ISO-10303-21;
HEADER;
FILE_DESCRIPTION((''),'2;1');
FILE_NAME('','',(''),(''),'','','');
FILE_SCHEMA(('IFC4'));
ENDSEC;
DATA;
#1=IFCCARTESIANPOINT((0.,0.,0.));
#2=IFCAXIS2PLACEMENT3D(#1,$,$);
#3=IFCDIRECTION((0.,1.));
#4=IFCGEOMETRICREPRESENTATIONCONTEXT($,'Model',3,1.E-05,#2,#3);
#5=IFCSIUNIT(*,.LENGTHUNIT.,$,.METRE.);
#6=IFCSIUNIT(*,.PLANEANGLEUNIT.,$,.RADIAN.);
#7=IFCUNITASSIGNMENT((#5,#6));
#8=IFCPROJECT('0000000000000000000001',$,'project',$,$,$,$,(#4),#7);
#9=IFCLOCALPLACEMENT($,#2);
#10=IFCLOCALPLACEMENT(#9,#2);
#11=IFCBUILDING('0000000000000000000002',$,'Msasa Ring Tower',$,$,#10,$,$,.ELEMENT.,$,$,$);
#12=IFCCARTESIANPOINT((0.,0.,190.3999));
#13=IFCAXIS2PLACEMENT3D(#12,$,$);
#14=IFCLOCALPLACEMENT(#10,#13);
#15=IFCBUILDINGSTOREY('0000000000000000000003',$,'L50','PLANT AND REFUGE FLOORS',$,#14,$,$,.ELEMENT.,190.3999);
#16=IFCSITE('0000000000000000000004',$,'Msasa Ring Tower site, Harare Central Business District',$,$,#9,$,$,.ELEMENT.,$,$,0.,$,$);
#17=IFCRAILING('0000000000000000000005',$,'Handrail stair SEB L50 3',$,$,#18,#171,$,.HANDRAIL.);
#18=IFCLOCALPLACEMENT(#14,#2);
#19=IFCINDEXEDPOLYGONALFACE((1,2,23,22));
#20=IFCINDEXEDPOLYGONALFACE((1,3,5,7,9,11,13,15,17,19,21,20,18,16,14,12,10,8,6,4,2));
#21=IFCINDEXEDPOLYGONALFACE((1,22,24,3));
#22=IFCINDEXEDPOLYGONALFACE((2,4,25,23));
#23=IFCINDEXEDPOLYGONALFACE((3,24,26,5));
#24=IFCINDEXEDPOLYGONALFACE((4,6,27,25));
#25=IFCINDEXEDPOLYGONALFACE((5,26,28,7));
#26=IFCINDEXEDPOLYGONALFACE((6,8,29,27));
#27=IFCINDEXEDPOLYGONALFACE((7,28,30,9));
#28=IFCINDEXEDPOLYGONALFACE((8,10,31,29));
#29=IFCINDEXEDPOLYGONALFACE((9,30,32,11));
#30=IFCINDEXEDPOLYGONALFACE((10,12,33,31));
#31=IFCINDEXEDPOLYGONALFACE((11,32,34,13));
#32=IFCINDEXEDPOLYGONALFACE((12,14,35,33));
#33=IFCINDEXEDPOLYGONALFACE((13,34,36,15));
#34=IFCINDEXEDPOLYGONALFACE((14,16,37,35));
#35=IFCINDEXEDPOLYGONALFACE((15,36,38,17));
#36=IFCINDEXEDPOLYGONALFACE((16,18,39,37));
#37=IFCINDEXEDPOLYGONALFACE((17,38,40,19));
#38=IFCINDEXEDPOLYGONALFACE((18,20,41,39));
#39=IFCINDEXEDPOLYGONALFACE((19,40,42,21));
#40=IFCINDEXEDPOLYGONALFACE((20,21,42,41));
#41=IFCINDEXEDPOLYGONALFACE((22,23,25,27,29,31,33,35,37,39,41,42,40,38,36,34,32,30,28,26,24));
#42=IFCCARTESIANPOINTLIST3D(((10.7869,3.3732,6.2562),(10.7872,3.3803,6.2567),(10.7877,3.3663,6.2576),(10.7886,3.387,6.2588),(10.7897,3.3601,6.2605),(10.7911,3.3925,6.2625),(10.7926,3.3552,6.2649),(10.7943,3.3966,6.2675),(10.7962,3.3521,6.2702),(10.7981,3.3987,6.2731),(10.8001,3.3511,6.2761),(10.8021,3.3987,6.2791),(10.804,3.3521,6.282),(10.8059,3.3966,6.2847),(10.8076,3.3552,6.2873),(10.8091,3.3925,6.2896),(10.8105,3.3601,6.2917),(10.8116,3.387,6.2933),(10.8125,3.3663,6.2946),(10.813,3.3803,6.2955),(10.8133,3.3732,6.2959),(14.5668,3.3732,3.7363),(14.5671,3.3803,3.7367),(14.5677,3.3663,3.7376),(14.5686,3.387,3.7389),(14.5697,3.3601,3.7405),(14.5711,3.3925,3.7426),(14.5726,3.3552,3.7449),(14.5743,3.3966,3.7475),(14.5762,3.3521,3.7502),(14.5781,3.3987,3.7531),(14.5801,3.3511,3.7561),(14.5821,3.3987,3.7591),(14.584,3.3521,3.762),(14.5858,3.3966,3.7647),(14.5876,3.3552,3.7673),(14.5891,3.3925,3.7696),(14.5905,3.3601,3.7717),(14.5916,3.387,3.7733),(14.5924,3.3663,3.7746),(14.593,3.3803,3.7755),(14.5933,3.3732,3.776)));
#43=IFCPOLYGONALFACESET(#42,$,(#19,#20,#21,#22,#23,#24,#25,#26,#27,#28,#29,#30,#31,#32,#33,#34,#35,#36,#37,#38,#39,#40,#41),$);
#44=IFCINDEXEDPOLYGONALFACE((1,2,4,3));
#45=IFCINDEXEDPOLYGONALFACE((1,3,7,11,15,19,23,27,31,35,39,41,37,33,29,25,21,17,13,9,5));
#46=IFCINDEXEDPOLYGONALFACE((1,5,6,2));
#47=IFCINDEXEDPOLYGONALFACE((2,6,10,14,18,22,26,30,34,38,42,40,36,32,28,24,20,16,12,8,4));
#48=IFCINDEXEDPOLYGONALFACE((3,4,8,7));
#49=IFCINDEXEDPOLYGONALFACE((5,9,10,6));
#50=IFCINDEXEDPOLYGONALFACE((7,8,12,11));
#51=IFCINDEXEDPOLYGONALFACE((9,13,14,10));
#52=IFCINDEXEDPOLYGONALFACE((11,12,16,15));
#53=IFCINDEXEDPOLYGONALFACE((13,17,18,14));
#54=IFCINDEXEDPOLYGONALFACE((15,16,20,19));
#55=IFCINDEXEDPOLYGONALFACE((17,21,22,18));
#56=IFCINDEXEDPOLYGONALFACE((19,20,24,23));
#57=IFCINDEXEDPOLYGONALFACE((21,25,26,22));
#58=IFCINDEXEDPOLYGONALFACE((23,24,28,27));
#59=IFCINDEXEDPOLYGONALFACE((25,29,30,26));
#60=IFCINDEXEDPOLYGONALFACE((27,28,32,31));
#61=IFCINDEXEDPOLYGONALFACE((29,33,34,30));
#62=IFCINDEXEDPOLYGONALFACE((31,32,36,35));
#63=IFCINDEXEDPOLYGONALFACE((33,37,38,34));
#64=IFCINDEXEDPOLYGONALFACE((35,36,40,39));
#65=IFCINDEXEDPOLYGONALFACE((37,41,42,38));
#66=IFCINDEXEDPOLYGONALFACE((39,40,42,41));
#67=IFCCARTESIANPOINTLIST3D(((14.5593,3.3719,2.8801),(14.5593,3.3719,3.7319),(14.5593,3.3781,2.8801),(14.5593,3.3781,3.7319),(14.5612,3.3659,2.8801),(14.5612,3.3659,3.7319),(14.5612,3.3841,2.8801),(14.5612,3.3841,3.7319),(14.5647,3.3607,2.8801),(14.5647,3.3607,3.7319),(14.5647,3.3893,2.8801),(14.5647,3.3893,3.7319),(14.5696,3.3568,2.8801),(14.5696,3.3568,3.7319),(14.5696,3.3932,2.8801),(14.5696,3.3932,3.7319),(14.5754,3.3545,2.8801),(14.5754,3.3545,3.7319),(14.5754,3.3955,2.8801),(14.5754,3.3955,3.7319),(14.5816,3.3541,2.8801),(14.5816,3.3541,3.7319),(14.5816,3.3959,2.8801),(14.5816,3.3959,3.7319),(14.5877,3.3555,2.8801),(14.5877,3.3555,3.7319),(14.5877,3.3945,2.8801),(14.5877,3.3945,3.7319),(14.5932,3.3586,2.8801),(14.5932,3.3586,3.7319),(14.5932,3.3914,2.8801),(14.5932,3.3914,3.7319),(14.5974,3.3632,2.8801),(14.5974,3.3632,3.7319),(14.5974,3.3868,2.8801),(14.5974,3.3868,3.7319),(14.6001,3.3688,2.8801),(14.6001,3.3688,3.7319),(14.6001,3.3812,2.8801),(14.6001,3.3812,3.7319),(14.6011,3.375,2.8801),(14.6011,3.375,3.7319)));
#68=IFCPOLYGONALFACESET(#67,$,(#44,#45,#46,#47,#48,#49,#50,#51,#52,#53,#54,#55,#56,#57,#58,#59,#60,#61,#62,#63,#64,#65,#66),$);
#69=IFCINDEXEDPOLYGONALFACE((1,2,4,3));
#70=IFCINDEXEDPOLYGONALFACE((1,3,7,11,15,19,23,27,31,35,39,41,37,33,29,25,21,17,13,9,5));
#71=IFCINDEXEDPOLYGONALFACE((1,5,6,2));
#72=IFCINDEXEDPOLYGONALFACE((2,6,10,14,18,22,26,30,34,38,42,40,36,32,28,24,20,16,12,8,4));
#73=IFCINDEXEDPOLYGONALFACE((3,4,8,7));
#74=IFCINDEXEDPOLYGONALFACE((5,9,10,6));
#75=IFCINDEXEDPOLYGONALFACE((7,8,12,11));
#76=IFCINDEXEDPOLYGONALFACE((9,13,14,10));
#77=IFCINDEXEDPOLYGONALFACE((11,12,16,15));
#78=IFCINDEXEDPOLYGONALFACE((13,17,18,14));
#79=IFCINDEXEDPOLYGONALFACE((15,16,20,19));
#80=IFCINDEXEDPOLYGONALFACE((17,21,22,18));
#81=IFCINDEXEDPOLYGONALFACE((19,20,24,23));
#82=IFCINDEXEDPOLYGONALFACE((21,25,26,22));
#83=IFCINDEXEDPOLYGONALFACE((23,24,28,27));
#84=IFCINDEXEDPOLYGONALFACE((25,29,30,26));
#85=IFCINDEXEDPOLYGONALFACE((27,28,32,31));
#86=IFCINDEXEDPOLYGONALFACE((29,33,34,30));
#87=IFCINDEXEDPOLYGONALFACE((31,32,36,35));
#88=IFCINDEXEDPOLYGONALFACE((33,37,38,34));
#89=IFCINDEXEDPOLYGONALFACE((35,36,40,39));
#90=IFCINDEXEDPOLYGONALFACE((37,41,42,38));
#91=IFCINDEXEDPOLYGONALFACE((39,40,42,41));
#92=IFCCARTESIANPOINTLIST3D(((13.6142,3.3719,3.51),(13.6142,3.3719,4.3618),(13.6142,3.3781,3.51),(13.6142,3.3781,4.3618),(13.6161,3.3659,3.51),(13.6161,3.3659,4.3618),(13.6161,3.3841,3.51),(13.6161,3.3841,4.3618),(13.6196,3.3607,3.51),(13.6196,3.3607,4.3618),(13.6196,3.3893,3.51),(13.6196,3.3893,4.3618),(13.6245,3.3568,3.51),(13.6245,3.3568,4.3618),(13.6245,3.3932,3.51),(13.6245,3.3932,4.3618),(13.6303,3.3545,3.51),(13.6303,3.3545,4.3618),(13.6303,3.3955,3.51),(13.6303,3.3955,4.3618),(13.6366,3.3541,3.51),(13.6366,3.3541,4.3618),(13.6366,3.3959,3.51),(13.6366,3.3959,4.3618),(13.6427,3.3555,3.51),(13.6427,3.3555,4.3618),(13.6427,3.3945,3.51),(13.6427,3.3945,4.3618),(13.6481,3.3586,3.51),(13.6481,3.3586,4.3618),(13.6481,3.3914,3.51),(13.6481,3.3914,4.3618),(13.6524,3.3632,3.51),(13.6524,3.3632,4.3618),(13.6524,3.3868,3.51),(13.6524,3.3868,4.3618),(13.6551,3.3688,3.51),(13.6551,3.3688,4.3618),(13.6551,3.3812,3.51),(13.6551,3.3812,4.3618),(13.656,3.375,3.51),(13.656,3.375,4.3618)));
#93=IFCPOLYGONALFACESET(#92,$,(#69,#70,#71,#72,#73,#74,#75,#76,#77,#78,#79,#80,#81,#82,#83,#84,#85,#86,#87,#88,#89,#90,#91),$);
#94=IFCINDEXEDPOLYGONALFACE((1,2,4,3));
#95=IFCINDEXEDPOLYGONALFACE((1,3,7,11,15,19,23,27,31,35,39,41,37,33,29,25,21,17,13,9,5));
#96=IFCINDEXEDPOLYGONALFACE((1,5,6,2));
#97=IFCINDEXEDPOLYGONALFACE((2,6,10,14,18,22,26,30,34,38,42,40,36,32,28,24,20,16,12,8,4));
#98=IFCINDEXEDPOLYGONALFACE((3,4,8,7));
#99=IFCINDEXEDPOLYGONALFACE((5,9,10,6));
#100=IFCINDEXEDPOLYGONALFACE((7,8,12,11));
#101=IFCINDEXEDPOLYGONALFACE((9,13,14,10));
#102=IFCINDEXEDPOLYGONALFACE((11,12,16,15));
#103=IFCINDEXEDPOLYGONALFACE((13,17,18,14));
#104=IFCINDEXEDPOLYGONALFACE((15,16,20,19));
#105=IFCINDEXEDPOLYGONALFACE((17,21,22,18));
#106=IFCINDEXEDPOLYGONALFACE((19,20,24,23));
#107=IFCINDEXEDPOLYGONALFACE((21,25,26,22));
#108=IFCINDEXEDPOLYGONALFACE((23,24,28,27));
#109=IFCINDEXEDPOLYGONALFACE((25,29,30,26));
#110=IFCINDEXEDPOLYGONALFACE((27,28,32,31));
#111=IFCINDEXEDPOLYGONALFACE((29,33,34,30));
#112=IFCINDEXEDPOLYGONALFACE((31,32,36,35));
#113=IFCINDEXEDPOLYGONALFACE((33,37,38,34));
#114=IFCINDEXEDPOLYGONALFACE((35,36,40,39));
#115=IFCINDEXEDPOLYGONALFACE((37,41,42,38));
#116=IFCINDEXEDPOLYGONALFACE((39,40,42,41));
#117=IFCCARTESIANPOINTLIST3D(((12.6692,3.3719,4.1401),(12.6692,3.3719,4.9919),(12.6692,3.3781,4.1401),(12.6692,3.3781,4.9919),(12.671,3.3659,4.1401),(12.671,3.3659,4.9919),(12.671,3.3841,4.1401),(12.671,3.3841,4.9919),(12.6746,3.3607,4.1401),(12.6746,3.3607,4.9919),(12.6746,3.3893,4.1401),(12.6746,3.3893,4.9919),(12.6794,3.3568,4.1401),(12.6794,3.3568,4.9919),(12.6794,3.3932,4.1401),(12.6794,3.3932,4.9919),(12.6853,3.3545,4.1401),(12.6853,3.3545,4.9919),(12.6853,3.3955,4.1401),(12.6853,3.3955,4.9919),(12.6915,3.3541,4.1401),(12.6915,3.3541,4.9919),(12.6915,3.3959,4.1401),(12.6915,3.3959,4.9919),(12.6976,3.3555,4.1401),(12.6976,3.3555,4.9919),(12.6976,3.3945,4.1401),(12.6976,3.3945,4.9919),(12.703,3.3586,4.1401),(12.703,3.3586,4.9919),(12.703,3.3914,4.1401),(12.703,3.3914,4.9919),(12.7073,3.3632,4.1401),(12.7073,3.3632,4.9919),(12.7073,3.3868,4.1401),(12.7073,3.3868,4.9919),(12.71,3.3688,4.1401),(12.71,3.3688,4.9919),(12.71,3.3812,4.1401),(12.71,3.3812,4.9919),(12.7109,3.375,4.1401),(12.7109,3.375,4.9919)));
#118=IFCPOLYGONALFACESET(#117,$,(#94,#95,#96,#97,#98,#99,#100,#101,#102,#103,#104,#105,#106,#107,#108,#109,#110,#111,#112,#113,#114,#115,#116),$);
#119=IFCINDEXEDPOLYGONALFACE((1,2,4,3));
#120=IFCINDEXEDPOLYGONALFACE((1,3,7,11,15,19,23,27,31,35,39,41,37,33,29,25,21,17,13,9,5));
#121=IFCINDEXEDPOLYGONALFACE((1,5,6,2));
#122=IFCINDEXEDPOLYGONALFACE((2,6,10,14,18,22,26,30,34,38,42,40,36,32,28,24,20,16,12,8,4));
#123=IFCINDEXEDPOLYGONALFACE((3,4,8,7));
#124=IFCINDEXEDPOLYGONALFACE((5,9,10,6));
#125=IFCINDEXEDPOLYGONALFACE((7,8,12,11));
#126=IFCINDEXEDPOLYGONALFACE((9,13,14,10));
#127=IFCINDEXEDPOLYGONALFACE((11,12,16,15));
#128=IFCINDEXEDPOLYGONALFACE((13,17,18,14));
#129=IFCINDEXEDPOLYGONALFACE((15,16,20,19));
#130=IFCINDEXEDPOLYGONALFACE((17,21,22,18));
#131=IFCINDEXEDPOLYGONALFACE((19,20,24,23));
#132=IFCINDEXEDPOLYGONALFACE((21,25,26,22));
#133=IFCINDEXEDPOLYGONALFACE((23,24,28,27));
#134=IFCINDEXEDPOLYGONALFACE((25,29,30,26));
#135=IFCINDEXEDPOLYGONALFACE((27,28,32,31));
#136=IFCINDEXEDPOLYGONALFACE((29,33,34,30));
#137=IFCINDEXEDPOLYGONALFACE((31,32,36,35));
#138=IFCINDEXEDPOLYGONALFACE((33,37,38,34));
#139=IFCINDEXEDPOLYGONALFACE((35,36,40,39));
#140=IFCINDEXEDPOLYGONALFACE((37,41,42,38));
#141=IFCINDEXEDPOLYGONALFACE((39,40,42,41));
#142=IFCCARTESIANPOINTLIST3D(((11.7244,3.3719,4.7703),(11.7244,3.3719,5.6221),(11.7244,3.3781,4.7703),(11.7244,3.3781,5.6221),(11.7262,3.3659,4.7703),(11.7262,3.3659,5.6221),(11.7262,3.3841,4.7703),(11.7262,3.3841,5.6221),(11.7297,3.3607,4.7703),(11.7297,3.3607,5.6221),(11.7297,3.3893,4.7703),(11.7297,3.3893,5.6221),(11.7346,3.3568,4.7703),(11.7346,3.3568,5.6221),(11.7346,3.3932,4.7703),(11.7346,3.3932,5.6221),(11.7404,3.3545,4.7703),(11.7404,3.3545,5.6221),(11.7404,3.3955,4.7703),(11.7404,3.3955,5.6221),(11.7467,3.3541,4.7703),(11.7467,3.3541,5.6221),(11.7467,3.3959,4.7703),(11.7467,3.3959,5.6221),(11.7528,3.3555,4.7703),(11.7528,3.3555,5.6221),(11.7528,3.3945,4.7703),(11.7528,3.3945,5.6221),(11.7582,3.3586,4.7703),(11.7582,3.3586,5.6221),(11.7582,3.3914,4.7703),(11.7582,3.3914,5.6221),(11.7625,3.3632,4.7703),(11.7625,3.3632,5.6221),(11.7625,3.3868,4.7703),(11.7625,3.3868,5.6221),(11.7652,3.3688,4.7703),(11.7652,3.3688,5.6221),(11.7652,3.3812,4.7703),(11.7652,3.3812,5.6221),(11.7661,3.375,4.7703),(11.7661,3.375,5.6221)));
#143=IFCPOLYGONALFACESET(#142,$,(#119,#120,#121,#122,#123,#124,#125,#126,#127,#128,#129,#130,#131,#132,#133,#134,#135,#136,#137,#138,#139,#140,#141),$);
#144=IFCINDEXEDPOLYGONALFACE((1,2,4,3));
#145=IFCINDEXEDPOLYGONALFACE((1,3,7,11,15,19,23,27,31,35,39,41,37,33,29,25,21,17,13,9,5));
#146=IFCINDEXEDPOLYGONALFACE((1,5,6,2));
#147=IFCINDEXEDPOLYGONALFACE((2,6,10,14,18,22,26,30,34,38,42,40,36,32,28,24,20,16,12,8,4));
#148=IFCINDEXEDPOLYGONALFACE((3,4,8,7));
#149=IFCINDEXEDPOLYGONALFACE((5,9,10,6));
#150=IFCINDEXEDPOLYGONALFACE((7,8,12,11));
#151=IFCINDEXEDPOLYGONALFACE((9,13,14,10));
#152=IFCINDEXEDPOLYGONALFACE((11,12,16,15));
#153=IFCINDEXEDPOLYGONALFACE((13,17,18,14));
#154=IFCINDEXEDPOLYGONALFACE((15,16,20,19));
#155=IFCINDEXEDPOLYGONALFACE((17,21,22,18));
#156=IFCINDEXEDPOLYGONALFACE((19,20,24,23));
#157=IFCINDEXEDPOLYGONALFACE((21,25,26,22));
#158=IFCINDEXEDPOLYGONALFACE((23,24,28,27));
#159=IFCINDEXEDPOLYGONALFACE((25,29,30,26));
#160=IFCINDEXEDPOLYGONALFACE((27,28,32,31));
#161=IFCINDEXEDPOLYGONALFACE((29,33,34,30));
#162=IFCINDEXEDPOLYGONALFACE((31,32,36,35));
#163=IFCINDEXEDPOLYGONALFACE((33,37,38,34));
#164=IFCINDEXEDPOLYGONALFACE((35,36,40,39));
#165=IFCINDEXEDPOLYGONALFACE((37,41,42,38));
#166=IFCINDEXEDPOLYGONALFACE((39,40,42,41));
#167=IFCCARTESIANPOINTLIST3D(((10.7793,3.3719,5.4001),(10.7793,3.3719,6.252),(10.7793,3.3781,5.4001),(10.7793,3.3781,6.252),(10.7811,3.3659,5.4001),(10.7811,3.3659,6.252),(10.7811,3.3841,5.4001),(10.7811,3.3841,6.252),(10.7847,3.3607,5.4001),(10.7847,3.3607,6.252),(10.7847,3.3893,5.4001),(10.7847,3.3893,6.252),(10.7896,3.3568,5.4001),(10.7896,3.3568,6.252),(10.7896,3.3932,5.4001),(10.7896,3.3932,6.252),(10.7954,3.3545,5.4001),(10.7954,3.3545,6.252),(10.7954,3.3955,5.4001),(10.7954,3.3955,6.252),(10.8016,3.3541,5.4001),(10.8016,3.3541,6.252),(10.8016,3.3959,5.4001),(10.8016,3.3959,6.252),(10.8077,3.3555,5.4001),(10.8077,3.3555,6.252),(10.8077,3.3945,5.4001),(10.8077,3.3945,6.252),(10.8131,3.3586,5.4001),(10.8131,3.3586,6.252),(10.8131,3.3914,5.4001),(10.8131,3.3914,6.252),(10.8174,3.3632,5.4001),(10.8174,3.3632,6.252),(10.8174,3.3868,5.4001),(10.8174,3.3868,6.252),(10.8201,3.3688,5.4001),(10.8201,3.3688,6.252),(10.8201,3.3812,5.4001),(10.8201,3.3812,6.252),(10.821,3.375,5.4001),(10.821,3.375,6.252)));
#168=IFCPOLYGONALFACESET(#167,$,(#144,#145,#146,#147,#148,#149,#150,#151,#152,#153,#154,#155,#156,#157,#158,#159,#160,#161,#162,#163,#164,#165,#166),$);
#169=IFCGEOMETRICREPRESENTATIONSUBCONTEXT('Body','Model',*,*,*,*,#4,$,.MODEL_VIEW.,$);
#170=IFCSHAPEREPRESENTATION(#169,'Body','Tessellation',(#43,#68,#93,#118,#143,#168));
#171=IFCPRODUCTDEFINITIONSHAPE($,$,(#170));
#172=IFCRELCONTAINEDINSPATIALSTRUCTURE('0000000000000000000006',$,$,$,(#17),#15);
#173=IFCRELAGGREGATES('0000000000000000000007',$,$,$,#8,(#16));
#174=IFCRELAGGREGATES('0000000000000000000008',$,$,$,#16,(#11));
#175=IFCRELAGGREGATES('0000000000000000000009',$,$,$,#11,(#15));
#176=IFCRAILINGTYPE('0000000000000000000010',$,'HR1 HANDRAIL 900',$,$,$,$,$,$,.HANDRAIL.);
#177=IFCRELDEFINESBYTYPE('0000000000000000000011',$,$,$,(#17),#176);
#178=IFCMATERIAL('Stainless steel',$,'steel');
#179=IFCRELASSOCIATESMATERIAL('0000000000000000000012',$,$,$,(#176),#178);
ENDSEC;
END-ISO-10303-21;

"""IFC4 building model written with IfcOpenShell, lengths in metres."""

from ifc_helpers import new_model, si_unit, direction, frame, origin, origin_2d, place, context, subcontext, project, spatial, circle, extrude, material, type_object, element, save


model = new_model("IFC4")

# Units and contexts
model_context = context("Model", 3, precision=1e-05, world=origin(), true_north=direction((0.0, 1.0)))
body_context = subcontext(model_context, "Body", "Model", "MODEL_VIEW")
ifc_project = project(units=[si_unit("LENGTHUNIT", "METRE"), si_unit("PLANEANGLEUNIT", "RADIAN")], contexts=[model_context])

# Site, building, storey
site_placement = place(None, origin())
site = spatial("IfcSite", under=ifc_project, at=site_placement, Name="Msasa Ring Tower site, Harare Central Business District", CompositionType="ELEMENT", RefElevation=0.0)
building_placement = place(site_placement, origin())
building = spatial("IfcBuilding", under=site, at=building_placement, Name="Msasa Ring Tower", CompositionType="ELEMENT")
storey_placement = place(building_placement, frame((0.0, 0.0, 190.3999)))
storey = spatial("IfcBuildingStorey", under=building, at=storey_placement, Name="L50", Description="PLANT AND REFUGE FLOORS", CompositionType="ELEMENT", Elevation=190.3999)

# Railing
ifc_material_1 = material(Name="Stainless steel", Category="steel")
railing_type_1 = type_object("IfcRailingType", Name="HR1 HANDRAIL 900", PredefinedType="HANDRAIL", material=ifc_material_1)
for number, where, name in (
    (1, (14.5801, 3.375, 2.8801), "Handrail stair SEB L50 3"),
):
    element("IfcRailing", number, at=place(storey_placement, frame(where)), inside=storey, type_object=railing_type_1, Name=name, PredefinedType="HANDRAIL", context=body_context, shape_type="SweptSolid", body=[
        extrude(circle(Radius=0.0239, at=origin_2d()), frame((0.0, 0.0, 0.876), z_axis=(-0.83205, 0.0, 0.5547), x_axis=(0.0, -1.0, 0.0)), (0.0, 0.0, 1.0), 4.543),
        extrude(circle(Radius=0.021, at=origin_2d()), origin(), (0.0, 0.0, 1.0), 0.8518),
        extrude(circle(Radius=0.021, at=origin_2d()), frame((-0.9451, 0.0, 0.6299)), (0.0, 0.0, 1.0), 0.8518),
        extrude(circle(Radius=0.021, at=origin_2d()), frame((-1.8901, 0.0, 1.26)), (0.0, 0.0, 1.0), 0.8518),
        extrude(circle(Radius=0.021, at=origin_2d()), frame((-2.835, 0.0, 1.8901)), (0.0, 0.0, 1.0), 0.8518),
        extrude(circle(Radius=0.021, at=origin_2d()), frame((-3.78, 0.0, 2.52)), (0.0, 0.0, 1.0), 0.8518),
    ])

save(model, "model.ifc")
